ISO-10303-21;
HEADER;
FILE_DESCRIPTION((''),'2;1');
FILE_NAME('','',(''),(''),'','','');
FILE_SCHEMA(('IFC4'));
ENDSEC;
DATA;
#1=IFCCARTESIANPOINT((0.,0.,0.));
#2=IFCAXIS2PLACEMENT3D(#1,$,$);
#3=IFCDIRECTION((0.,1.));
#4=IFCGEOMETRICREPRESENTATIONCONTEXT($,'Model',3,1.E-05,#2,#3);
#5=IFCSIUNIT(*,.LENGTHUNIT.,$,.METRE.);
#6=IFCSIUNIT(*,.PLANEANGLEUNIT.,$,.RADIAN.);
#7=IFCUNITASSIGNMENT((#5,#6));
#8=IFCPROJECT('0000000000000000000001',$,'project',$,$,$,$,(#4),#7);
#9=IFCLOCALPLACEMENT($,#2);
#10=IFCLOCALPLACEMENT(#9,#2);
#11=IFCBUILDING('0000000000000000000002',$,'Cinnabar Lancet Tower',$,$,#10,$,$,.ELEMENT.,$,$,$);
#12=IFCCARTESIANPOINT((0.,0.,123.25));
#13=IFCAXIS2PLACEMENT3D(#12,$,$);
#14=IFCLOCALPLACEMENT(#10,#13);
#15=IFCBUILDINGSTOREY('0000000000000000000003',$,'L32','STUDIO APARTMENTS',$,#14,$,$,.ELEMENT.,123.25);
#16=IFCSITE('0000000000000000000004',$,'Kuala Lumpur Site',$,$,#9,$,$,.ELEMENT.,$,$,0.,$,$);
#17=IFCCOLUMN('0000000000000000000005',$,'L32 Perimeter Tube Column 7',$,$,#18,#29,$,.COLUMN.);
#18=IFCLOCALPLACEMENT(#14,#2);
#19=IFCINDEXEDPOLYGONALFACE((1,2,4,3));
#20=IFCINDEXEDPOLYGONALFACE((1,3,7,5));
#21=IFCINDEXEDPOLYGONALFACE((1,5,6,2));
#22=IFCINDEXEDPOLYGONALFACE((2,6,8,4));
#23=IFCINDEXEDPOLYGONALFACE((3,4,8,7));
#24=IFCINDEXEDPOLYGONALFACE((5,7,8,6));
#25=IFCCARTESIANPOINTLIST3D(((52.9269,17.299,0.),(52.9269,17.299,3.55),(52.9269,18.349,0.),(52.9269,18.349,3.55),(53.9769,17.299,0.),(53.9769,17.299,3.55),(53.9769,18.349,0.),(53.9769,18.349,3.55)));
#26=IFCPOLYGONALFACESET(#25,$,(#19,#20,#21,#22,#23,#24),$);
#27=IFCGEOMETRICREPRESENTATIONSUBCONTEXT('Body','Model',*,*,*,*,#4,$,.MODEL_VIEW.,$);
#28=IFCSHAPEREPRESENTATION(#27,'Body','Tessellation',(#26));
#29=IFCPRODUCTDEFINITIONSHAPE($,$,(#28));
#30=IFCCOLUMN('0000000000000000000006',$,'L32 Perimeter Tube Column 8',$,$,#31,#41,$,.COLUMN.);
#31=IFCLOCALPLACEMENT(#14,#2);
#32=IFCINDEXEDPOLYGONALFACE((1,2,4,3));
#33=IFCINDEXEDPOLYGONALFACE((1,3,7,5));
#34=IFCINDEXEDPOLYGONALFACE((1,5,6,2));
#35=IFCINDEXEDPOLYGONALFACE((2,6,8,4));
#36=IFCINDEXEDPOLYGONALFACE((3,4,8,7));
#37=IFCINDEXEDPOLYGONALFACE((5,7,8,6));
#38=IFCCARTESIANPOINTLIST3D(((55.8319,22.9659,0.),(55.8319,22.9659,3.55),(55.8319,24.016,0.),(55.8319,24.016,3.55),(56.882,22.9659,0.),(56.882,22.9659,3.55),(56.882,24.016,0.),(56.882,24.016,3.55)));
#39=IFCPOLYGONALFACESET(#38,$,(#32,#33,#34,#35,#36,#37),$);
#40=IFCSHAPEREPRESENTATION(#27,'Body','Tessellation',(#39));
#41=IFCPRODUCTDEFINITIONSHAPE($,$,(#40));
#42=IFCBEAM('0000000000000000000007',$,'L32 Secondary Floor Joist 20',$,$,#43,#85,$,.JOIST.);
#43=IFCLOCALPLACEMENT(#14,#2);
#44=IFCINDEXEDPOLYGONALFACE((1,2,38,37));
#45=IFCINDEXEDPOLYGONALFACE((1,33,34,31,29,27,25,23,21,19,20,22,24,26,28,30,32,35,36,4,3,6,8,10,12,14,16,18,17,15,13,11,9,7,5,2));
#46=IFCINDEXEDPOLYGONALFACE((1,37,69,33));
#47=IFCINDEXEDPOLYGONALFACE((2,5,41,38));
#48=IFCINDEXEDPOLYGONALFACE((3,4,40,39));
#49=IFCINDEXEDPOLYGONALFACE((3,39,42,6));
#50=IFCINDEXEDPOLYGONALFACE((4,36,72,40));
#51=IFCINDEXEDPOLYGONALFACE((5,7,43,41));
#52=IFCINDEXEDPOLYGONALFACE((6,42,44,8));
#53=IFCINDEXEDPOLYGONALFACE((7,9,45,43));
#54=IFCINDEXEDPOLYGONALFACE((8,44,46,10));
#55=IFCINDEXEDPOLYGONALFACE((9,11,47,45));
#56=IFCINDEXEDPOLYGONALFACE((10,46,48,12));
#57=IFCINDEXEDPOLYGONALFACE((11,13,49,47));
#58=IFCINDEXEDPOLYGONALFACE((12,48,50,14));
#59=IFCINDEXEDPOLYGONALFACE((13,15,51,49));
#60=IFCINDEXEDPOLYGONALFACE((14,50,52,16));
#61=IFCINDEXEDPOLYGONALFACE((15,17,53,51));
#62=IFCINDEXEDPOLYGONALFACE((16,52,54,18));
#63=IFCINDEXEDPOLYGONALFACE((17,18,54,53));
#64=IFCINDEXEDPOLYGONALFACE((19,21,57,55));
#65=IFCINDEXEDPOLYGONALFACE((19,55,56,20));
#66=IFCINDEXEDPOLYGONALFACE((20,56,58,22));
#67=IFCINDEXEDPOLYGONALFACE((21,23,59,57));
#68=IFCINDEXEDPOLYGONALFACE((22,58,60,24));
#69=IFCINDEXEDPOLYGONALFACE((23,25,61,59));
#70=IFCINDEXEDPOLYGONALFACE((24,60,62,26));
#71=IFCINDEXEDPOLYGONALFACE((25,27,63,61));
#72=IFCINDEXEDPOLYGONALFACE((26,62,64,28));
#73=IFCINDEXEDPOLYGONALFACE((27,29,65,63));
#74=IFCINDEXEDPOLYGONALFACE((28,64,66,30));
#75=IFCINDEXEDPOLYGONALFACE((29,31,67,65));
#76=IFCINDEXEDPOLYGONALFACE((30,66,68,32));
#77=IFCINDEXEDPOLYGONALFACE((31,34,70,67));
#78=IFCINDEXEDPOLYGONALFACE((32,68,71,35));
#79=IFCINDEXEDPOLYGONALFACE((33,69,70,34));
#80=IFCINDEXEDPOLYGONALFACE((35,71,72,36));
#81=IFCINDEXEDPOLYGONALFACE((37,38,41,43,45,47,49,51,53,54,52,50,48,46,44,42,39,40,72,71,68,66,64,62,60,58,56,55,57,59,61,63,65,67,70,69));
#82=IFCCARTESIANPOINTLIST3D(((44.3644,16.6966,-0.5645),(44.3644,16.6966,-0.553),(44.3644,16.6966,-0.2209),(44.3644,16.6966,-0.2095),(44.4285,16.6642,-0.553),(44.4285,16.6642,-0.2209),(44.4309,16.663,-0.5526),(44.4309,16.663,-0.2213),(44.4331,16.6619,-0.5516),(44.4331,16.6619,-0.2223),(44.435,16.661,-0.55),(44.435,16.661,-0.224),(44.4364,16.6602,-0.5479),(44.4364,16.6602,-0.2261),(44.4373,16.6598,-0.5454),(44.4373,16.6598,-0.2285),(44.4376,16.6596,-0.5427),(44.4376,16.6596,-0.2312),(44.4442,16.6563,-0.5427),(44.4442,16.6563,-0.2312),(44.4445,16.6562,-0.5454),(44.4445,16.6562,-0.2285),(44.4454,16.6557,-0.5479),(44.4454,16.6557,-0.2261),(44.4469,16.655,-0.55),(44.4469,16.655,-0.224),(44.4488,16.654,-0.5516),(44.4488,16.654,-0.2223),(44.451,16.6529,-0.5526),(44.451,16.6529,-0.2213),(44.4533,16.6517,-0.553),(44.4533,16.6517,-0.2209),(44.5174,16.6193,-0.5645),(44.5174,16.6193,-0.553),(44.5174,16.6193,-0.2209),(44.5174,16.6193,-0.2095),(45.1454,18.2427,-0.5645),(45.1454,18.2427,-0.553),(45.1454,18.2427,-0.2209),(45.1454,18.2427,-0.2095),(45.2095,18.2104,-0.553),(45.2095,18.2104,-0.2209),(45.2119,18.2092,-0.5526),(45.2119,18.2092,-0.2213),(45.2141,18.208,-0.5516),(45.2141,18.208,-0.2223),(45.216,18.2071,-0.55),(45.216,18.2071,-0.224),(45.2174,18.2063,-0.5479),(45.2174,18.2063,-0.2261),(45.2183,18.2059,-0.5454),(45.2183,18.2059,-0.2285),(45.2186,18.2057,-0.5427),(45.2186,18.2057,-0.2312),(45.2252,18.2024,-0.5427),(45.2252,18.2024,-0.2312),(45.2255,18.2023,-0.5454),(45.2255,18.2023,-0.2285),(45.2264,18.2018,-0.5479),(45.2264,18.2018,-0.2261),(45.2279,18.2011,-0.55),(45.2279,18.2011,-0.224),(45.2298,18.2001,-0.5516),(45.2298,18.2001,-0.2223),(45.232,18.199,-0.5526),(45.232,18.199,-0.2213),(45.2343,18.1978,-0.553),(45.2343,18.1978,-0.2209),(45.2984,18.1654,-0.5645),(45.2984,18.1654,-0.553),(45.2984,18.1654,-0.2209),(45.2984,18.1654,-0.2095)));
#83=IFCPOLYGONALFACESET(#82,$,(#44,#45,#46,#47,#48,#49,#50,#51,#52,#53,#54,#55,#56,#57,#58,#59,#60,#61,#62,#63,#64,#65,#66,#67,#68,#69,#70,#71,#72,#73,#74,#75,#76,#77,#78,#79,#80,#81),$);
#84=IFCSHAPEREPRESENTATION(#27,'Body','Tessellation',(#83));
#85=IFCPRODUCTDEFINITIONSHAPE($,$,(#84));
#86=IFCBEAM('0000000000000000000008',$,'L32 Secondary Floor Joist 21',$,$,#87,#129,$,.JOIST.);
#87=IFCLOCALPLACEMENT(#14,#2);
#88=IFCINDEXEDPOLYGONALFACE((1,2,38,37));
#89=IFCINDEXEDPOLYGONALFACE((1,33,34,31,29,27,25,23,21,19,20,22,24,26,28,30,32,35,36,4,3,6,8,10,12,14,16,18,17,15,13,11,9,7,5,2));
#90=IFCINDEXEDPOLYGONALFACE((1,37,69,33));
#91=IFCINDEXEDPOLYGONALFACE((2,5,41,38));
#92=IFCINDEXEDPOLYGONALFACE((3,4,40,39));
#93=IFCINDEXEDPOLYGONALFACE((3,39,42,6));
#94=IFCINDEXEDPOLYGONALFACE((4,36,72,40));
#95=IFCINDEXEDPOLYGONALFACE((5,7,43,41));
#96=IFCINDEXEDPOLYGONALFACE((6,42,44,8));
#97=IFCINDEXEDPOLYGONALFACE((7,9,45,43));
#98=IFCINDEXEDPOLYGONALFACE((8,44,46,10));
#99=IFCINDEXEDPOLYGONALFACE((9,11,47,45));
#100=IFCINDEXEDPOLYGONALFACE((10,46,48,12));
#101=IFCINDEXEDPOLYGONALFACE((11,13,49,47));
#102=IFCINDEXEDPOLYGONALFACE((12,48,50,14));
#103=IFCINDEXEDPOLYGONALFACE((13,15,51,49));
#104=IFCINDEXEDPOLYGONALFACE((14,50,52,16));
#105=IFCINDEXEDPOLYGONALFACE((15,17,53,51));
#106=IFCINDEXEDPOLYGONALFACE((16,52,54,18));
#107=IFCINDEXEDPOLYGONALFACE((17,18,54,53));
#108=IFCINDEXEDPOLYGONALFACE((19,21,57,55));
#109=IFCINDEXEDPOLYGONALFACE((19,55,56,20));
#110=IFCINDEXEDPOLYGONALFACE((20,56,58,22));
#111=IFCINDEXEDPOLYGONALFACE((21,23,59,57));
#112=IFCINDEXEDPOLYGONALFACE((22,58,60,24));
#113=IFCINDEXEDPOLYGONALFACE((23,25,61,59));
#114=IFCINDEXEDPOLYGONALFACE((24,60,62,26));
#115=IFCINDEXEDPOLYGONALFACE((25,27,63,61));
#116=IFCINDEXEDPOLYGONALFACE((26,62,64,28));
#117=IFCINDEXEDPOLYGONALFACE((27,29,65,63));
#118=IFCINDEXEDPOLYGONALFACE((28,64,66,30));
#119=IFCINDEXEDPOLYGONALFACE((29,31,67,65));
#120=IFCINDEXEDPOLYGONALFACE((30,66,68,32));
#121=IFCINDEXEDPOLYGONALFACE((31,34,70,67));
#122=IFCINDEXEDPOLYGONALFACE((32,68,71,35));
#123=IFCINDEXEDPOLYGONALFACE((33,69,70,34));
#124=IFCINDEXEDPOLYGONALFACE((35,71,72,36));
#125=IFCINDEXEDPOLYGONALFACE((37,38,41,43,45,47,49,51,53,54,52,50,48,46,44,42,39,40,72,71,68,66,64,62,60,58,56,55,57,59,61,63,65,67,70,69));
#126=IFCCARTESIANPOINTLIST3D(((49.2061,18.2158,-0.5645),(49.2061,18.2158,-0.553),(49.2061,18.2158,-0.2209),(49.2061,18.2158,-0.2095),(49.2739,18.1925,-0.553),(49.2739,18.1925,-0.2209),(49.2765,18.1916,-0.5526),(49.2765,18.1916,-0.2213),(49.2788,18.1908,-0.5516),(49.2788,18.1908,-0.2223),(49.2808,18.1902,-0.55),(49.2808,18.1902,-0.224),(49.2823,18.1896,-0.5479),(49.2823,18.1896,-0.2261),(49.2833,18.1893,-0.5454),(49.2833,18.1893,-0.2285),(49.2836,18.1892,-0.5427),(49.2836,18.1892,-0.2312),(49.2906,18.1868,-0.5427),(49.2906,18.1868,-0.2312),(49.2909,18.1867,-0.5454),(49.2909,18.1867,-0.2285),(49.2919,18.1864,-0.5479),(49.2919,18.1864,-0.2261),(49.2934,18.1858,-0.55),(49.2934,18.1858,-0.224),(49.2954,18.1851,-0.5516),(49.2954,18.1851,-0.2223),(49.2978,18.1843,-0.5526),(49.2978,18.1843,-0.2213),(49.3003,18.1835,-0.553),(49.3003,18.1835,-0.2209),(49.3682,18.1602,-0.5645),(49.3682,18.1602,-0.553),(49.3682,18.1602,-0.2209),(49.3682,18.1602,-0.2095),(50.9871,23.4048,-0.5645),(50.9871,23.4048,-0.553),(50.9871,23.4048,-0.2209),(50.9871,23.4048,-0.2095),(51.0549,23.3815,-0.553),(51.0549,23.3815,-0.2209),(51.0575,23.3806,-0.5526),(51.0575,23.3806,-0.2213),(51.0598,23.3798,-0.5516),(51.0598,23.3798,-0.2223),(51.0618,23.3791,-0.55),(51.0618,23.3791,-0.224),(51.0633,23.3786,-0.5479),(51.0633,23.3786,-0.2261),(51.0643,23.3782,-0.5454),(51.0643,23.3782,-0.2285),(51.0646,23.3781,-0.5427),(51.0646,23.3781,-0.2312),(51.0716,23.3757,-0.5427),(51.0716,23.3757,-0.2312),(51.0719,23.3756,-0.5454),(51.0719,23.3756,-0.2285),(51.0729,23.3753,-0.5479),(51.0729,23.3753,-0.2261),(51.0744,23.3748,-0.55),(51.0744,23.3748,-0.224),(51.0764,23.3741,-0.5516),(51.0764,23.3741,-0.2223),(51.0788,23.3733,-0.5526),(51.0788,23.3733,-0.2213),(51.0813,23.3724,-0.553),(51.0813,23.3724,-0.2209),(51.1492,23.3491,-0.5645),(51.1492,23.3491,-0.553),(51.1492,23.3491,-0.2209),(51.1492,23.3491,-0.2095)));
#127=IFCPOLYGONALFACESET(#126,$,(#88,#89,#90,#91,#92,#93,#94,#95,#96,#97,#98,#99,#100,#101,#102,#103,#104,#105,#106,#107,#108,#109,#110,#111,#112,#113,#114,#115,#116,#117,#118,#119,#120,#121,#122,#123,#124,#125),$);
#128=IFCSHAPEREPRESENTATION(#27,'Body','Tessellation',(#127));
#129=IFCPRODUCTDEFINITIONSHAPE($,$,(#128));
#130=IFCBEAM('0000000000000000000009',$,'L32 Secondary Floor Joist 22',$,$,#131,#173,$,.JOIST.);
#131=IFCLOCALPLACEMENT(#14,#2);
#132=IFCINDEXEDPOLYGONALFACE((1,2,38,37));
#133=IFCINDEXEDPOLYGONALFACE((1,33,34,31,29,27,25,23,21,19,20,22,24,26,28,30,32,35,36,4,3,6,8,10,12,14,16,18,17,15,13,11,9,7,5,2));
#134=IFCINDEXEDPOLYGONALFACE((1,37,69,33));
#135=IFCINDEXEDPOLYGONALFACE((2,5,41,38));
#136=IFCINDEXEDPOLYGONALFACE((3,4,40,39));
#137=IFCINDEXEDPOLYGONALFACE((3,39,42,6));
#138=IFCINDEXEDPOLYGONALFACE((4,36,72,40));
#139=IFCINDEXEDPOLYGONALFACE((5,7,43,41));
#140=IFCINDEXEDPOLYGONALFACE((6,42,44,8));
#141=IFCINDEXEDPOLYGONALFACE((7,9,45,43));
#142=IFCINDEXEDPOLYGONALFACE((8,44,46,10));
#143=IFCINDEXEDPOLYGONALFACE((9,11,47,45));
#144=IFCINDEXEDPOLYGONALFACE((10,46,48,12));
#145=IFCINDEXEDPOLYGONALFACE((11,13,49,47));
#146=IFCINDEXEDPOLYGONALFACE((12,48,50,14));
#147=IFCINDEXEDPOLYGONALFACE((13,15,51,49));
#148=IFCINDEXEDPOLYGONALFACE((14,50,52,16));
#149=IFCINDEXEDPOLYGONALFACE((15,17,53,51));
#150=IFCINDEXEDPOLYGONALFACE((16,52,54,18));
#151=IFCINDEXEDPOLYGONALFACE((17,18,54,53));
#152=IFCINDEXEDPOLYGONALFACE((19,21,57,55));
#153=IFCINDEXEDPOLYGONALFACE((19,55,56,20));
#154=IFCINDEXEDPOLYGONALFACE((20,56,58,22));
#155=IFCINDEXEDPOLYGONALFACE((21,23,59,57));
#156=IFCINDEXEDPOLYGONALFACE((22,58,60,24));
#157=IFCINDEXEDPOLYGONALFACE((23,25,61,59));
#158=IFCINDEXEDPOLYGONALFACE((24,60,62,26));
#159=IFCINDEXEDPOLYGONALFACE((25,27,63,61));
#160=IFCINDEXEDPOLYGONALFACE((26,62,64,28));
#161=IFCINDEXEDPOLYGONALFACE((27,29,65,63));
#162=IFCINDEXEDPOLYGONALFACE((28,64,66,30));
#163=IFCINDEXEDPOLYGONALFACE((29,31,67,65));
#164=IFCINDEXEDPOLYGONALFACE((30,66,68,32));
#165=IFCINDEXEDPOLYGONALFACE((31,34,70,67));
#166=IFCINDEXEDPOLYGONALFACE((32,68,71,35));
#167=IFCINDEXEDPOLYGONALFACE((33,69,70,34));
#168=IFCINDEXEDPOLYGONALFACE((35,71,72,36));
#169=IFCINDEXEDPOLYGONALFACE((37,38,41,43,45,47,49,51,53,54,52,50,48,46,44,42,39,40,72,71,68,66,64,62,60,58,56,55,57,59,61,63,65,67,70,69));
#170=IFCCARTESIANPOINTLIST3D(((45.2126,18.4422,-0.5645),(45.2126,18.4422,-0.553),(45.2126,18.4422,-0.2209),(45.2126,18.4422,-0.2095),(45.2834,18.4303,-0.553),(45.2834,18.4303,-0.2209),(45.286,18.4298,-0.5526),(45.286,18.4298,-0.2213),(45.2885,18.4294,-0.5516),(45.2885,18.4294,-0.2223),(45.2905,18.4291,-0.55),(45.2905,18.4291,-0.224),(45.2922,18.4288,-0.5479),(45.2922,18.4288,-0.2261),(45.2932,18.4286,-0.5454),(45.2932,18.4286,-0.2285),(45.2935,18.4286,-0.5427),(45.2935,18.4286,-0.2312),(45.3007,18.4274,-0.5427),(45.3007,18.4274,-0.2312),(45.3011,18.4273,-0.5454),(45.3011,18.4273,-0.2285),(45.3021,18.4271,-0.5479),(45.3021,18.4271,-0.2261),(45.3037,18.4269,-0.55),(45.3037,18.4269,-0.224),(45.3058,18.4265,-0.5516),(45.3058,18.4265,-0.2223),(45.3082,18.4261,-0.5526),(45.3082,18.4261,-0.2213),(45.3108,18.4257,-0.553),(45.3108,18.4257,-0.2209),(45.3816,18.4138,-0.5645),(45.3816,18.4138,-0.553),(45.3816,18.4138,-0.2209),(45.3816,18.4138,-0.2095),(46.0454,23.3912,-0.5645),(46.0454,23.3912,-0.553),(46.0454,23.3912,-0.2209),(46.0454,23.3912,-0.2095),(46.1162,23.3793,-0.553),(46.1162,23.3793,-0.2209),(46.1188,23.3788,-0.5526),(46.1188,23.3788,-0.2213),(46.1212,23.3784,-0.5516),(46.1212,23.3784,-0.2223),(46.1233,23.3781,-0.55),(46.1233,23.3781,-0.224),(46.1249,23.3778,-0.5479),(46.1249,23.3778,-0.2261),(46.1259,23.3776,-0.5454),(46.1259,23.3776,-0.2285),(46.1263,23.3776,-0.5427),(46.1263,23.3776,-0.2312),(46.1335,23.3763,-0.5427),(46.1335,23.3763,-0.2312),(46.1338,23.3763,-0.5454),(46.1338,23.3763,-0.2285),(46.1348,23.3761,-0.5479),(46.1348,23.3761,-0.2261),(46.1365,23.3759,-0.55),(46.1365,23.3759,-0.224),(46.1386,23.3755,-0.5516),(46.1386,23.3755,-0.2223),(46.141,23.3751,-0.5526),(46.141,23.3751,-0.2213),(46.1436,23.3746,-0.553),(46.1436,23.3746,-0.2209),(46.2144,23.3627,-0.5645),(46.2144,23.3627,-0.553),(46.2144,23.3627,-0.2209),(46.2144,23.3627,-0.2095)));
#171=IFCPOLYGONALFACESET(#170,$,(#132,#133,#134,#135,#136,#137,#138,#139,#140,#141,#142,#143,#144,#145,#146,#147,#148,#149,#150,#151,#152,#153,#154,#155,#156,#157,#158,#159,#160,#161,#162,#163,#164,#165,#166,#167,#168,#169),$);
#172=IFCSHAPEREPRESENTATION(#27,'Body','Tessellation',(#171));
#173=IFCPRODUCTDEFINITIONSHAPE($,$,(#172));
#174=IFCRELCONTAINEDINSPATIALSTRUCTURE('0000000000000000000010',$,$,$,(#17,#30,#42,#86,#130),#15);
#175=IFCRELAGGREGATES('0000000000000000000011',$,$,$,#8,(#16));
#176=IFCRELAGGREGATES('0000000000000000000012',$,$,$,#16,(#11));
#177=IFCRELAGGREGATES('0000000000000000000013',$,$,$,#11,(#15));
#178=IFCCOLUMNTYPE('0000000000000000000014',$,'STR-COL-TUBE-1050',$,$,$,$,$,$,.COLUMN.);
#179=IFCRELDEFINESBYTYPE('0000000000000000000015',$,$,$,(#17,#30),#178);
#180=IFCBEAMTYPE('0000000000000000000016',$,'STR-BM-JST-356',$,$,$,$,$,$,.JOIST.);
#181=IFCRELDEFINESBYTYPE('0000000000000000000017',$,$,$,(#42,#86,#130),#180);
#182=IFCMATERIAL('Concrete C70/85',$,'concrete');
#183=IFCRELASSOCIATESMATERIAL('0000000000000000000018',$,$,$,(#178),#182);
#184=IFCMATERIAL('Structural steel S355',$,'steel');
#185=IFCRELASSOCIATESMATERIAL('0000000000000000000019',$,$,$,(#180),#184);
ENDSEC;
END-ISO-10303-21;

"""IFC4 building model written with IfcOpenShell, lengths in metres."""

from ifc_helpers import new_model, si_unit, direction, frame, origin, origin_2d, place, context, subcontext, project, spatial, rectangle, i_section, extrude, material, material_profile, profile_set, type_object, element, save


model = new_model("IFC4")

# Units and contexts
model_context = context("Model", 3, precision=1e-05, world=origin(), true_north=direction((0.0, 1.0)))
body_context = subcontext(model_context, "Body", "Model", "MODEL_VIEW")
ifc_project = project(units=[si_unit("LENGTHUNIT", "METRE"), si_unit("PLANEANGLEUNIT", "RADIAN")], contexts=[model_context])

# Site, building, storey
site_placement = place(None, origin())
site = spatial("IfcSite", under=ifc_project, at=site_placement, Name="Kuala Lumpur Site", CompositionType="ELEMENT", RefElevation=0.0)
building_placement = place(site_placement, origin())
building = spatial("IfcBuilding", under=site, at=building_placement, Name="Cinnabar Lancet Tower", CompositionType="ELEMENT")
storey_placement = place(building_placement, frame((0.0, 0.0, 123.25)))
storey = spatial("IfcBuildingStorey", under=building, at=storey_placement, Name="L32", Description="STUDIO APARTMENTS", CompositionType="ELEMENT", Elevation=123.25)

# Columns
ifc_material_1 = material(Name="Concrete C70/85", Category="concrete")
ifc_material_profile_1 = material_profile(ifc_material_1, rectangle(XDim=1.05, YDim=1.05, at=origin_2d()), Name="RC-COL 1050x1050")
ifc_profile_set_1 = profile_set([ifc_material_profile_1], Name="Concrete C70/85")
column_type = type_object("IfcColumnType", Name="STR-COL-TUBE-1050", PredefinedType="COLUMN", material=ifc_profile_set_1)
for number, where, z_axis, x_axis, name in (
    (1, (53.4519, 17.824, 0.0), (0.0, 0.0, 1.0), (1.0, 0.0, 0.0), "L32 Perimeter Tube Column 7"),
    (2, (56.3569, 23.491, 0.0), (0.0, 0.0, 1.0), (1.0, 0.0, 0.0), "L32 Perimeter Tube Column 8"),
):
    element("IfcColumn", number, at=place(storey_placement, frame(where, z_axis=z_axis, x_axis=x_axis)), inside=storey, type_object=column_type, Name=name, PredefinedType="COLUMN", context=body_context, shape_type="SweptSolid", body=[
        extrude(rectangle(XDim=1.05, YDim=1.05, at=origin_2d()), origin(), (0.0, 0.0, 1.0), 3.55),
    ])

# Beams
ifc_material_2 = material(Name="Structural steel S355", Category="steel")
ifc_material_profile_2 = material_profile(ifc_material_2, i_section(OverallWidth=0.1714, OverallDepth=0.355, WebThickness=0.0073, FlangeThickness=0.0115, FilletRadius=0.0103, at=origin_2d()), Name="UKB 356x171x51")
ifc_profile_set_2 = profile_set([ifc_material_profile_2], Name="Structural steel S355")
beam_type_1 = type_object("IfcBeamType", Name="STR-BM-JST-356", PredefinedType="JOIST", material=ifc_profile_set_2)
beam_1_placement = place(storey_placement, frame((44.4409, 16.658, -0.387), z_axis=(0.450874, 0.892587, 0.0), x_axis=(-0.892587, 0.450874, 0.0)))
element("IfcBeam", 3, at=beam_1_placement, inside=storey, type_object=beam_type_1, Name="L32 Secondary Floor Joist 20", PredefinedType="JOIST", context=body_context, shape_type="SweptSolid", body=[
    extrude(i_section(OverallWidth=0.1714, OverallDepth=0.355, WebThickness=0.0073, FlangeThickness=0.0115, FilletRadius=0.0103, at=origin_2d()), origin(), (0.0, 0.0, 1.0), 1.7322),
])
beam_2_placement = place(storey_placement, frame((49.2871, 18.188, -0.387), z_axis=(0.324639, 0.945838, 0.0), x_axis=(-0.945838, 0.324639, 0.0)))
element("IfcBeam", 4, at=beam_2_placement, inside=storey, type_object=beam_type_1, Name="L32 Secondary Floor Joist 21", PredefinedType="JOIST", context=body_context, shape_type="SweptSolid", body=[
    extrude(i_section(OverallWidth=0.1714, OverallDepth=0.355, WebThickness=0.0073, FlangeThickness=0.0115, FilletRadius=0.0103, at=origin_2d()), origin(), (0.0, 0.0, 1.0), 5.4861),
])
beam_3_placement = place(storey_placement, frame((45.2971, 18.428, -0.387), z_axis=(0.165937, 0.986136, 0.0), x_axis=(-0.986136, 0.165937, 0.0)))
element("IfcBeam", 5, at=beam_3_placement, inside=storey, type_object=beam_type_1, Name="L32 Secondary Floor Joist 22", PredefinedType="JOIST", context=body_context, shape_type="SweptSolid", body=[
    extrude(i_section(OverallWidth=0.1714, OverallDepth=0.355, WebThickness=0.0073, FlangeThickness=0.0115, FilletRadius=0.0103, at=origin_2d()), origin(), (0.0, 0.0, 1.0), 5.0186),
])

save(model, "model.ifc")
